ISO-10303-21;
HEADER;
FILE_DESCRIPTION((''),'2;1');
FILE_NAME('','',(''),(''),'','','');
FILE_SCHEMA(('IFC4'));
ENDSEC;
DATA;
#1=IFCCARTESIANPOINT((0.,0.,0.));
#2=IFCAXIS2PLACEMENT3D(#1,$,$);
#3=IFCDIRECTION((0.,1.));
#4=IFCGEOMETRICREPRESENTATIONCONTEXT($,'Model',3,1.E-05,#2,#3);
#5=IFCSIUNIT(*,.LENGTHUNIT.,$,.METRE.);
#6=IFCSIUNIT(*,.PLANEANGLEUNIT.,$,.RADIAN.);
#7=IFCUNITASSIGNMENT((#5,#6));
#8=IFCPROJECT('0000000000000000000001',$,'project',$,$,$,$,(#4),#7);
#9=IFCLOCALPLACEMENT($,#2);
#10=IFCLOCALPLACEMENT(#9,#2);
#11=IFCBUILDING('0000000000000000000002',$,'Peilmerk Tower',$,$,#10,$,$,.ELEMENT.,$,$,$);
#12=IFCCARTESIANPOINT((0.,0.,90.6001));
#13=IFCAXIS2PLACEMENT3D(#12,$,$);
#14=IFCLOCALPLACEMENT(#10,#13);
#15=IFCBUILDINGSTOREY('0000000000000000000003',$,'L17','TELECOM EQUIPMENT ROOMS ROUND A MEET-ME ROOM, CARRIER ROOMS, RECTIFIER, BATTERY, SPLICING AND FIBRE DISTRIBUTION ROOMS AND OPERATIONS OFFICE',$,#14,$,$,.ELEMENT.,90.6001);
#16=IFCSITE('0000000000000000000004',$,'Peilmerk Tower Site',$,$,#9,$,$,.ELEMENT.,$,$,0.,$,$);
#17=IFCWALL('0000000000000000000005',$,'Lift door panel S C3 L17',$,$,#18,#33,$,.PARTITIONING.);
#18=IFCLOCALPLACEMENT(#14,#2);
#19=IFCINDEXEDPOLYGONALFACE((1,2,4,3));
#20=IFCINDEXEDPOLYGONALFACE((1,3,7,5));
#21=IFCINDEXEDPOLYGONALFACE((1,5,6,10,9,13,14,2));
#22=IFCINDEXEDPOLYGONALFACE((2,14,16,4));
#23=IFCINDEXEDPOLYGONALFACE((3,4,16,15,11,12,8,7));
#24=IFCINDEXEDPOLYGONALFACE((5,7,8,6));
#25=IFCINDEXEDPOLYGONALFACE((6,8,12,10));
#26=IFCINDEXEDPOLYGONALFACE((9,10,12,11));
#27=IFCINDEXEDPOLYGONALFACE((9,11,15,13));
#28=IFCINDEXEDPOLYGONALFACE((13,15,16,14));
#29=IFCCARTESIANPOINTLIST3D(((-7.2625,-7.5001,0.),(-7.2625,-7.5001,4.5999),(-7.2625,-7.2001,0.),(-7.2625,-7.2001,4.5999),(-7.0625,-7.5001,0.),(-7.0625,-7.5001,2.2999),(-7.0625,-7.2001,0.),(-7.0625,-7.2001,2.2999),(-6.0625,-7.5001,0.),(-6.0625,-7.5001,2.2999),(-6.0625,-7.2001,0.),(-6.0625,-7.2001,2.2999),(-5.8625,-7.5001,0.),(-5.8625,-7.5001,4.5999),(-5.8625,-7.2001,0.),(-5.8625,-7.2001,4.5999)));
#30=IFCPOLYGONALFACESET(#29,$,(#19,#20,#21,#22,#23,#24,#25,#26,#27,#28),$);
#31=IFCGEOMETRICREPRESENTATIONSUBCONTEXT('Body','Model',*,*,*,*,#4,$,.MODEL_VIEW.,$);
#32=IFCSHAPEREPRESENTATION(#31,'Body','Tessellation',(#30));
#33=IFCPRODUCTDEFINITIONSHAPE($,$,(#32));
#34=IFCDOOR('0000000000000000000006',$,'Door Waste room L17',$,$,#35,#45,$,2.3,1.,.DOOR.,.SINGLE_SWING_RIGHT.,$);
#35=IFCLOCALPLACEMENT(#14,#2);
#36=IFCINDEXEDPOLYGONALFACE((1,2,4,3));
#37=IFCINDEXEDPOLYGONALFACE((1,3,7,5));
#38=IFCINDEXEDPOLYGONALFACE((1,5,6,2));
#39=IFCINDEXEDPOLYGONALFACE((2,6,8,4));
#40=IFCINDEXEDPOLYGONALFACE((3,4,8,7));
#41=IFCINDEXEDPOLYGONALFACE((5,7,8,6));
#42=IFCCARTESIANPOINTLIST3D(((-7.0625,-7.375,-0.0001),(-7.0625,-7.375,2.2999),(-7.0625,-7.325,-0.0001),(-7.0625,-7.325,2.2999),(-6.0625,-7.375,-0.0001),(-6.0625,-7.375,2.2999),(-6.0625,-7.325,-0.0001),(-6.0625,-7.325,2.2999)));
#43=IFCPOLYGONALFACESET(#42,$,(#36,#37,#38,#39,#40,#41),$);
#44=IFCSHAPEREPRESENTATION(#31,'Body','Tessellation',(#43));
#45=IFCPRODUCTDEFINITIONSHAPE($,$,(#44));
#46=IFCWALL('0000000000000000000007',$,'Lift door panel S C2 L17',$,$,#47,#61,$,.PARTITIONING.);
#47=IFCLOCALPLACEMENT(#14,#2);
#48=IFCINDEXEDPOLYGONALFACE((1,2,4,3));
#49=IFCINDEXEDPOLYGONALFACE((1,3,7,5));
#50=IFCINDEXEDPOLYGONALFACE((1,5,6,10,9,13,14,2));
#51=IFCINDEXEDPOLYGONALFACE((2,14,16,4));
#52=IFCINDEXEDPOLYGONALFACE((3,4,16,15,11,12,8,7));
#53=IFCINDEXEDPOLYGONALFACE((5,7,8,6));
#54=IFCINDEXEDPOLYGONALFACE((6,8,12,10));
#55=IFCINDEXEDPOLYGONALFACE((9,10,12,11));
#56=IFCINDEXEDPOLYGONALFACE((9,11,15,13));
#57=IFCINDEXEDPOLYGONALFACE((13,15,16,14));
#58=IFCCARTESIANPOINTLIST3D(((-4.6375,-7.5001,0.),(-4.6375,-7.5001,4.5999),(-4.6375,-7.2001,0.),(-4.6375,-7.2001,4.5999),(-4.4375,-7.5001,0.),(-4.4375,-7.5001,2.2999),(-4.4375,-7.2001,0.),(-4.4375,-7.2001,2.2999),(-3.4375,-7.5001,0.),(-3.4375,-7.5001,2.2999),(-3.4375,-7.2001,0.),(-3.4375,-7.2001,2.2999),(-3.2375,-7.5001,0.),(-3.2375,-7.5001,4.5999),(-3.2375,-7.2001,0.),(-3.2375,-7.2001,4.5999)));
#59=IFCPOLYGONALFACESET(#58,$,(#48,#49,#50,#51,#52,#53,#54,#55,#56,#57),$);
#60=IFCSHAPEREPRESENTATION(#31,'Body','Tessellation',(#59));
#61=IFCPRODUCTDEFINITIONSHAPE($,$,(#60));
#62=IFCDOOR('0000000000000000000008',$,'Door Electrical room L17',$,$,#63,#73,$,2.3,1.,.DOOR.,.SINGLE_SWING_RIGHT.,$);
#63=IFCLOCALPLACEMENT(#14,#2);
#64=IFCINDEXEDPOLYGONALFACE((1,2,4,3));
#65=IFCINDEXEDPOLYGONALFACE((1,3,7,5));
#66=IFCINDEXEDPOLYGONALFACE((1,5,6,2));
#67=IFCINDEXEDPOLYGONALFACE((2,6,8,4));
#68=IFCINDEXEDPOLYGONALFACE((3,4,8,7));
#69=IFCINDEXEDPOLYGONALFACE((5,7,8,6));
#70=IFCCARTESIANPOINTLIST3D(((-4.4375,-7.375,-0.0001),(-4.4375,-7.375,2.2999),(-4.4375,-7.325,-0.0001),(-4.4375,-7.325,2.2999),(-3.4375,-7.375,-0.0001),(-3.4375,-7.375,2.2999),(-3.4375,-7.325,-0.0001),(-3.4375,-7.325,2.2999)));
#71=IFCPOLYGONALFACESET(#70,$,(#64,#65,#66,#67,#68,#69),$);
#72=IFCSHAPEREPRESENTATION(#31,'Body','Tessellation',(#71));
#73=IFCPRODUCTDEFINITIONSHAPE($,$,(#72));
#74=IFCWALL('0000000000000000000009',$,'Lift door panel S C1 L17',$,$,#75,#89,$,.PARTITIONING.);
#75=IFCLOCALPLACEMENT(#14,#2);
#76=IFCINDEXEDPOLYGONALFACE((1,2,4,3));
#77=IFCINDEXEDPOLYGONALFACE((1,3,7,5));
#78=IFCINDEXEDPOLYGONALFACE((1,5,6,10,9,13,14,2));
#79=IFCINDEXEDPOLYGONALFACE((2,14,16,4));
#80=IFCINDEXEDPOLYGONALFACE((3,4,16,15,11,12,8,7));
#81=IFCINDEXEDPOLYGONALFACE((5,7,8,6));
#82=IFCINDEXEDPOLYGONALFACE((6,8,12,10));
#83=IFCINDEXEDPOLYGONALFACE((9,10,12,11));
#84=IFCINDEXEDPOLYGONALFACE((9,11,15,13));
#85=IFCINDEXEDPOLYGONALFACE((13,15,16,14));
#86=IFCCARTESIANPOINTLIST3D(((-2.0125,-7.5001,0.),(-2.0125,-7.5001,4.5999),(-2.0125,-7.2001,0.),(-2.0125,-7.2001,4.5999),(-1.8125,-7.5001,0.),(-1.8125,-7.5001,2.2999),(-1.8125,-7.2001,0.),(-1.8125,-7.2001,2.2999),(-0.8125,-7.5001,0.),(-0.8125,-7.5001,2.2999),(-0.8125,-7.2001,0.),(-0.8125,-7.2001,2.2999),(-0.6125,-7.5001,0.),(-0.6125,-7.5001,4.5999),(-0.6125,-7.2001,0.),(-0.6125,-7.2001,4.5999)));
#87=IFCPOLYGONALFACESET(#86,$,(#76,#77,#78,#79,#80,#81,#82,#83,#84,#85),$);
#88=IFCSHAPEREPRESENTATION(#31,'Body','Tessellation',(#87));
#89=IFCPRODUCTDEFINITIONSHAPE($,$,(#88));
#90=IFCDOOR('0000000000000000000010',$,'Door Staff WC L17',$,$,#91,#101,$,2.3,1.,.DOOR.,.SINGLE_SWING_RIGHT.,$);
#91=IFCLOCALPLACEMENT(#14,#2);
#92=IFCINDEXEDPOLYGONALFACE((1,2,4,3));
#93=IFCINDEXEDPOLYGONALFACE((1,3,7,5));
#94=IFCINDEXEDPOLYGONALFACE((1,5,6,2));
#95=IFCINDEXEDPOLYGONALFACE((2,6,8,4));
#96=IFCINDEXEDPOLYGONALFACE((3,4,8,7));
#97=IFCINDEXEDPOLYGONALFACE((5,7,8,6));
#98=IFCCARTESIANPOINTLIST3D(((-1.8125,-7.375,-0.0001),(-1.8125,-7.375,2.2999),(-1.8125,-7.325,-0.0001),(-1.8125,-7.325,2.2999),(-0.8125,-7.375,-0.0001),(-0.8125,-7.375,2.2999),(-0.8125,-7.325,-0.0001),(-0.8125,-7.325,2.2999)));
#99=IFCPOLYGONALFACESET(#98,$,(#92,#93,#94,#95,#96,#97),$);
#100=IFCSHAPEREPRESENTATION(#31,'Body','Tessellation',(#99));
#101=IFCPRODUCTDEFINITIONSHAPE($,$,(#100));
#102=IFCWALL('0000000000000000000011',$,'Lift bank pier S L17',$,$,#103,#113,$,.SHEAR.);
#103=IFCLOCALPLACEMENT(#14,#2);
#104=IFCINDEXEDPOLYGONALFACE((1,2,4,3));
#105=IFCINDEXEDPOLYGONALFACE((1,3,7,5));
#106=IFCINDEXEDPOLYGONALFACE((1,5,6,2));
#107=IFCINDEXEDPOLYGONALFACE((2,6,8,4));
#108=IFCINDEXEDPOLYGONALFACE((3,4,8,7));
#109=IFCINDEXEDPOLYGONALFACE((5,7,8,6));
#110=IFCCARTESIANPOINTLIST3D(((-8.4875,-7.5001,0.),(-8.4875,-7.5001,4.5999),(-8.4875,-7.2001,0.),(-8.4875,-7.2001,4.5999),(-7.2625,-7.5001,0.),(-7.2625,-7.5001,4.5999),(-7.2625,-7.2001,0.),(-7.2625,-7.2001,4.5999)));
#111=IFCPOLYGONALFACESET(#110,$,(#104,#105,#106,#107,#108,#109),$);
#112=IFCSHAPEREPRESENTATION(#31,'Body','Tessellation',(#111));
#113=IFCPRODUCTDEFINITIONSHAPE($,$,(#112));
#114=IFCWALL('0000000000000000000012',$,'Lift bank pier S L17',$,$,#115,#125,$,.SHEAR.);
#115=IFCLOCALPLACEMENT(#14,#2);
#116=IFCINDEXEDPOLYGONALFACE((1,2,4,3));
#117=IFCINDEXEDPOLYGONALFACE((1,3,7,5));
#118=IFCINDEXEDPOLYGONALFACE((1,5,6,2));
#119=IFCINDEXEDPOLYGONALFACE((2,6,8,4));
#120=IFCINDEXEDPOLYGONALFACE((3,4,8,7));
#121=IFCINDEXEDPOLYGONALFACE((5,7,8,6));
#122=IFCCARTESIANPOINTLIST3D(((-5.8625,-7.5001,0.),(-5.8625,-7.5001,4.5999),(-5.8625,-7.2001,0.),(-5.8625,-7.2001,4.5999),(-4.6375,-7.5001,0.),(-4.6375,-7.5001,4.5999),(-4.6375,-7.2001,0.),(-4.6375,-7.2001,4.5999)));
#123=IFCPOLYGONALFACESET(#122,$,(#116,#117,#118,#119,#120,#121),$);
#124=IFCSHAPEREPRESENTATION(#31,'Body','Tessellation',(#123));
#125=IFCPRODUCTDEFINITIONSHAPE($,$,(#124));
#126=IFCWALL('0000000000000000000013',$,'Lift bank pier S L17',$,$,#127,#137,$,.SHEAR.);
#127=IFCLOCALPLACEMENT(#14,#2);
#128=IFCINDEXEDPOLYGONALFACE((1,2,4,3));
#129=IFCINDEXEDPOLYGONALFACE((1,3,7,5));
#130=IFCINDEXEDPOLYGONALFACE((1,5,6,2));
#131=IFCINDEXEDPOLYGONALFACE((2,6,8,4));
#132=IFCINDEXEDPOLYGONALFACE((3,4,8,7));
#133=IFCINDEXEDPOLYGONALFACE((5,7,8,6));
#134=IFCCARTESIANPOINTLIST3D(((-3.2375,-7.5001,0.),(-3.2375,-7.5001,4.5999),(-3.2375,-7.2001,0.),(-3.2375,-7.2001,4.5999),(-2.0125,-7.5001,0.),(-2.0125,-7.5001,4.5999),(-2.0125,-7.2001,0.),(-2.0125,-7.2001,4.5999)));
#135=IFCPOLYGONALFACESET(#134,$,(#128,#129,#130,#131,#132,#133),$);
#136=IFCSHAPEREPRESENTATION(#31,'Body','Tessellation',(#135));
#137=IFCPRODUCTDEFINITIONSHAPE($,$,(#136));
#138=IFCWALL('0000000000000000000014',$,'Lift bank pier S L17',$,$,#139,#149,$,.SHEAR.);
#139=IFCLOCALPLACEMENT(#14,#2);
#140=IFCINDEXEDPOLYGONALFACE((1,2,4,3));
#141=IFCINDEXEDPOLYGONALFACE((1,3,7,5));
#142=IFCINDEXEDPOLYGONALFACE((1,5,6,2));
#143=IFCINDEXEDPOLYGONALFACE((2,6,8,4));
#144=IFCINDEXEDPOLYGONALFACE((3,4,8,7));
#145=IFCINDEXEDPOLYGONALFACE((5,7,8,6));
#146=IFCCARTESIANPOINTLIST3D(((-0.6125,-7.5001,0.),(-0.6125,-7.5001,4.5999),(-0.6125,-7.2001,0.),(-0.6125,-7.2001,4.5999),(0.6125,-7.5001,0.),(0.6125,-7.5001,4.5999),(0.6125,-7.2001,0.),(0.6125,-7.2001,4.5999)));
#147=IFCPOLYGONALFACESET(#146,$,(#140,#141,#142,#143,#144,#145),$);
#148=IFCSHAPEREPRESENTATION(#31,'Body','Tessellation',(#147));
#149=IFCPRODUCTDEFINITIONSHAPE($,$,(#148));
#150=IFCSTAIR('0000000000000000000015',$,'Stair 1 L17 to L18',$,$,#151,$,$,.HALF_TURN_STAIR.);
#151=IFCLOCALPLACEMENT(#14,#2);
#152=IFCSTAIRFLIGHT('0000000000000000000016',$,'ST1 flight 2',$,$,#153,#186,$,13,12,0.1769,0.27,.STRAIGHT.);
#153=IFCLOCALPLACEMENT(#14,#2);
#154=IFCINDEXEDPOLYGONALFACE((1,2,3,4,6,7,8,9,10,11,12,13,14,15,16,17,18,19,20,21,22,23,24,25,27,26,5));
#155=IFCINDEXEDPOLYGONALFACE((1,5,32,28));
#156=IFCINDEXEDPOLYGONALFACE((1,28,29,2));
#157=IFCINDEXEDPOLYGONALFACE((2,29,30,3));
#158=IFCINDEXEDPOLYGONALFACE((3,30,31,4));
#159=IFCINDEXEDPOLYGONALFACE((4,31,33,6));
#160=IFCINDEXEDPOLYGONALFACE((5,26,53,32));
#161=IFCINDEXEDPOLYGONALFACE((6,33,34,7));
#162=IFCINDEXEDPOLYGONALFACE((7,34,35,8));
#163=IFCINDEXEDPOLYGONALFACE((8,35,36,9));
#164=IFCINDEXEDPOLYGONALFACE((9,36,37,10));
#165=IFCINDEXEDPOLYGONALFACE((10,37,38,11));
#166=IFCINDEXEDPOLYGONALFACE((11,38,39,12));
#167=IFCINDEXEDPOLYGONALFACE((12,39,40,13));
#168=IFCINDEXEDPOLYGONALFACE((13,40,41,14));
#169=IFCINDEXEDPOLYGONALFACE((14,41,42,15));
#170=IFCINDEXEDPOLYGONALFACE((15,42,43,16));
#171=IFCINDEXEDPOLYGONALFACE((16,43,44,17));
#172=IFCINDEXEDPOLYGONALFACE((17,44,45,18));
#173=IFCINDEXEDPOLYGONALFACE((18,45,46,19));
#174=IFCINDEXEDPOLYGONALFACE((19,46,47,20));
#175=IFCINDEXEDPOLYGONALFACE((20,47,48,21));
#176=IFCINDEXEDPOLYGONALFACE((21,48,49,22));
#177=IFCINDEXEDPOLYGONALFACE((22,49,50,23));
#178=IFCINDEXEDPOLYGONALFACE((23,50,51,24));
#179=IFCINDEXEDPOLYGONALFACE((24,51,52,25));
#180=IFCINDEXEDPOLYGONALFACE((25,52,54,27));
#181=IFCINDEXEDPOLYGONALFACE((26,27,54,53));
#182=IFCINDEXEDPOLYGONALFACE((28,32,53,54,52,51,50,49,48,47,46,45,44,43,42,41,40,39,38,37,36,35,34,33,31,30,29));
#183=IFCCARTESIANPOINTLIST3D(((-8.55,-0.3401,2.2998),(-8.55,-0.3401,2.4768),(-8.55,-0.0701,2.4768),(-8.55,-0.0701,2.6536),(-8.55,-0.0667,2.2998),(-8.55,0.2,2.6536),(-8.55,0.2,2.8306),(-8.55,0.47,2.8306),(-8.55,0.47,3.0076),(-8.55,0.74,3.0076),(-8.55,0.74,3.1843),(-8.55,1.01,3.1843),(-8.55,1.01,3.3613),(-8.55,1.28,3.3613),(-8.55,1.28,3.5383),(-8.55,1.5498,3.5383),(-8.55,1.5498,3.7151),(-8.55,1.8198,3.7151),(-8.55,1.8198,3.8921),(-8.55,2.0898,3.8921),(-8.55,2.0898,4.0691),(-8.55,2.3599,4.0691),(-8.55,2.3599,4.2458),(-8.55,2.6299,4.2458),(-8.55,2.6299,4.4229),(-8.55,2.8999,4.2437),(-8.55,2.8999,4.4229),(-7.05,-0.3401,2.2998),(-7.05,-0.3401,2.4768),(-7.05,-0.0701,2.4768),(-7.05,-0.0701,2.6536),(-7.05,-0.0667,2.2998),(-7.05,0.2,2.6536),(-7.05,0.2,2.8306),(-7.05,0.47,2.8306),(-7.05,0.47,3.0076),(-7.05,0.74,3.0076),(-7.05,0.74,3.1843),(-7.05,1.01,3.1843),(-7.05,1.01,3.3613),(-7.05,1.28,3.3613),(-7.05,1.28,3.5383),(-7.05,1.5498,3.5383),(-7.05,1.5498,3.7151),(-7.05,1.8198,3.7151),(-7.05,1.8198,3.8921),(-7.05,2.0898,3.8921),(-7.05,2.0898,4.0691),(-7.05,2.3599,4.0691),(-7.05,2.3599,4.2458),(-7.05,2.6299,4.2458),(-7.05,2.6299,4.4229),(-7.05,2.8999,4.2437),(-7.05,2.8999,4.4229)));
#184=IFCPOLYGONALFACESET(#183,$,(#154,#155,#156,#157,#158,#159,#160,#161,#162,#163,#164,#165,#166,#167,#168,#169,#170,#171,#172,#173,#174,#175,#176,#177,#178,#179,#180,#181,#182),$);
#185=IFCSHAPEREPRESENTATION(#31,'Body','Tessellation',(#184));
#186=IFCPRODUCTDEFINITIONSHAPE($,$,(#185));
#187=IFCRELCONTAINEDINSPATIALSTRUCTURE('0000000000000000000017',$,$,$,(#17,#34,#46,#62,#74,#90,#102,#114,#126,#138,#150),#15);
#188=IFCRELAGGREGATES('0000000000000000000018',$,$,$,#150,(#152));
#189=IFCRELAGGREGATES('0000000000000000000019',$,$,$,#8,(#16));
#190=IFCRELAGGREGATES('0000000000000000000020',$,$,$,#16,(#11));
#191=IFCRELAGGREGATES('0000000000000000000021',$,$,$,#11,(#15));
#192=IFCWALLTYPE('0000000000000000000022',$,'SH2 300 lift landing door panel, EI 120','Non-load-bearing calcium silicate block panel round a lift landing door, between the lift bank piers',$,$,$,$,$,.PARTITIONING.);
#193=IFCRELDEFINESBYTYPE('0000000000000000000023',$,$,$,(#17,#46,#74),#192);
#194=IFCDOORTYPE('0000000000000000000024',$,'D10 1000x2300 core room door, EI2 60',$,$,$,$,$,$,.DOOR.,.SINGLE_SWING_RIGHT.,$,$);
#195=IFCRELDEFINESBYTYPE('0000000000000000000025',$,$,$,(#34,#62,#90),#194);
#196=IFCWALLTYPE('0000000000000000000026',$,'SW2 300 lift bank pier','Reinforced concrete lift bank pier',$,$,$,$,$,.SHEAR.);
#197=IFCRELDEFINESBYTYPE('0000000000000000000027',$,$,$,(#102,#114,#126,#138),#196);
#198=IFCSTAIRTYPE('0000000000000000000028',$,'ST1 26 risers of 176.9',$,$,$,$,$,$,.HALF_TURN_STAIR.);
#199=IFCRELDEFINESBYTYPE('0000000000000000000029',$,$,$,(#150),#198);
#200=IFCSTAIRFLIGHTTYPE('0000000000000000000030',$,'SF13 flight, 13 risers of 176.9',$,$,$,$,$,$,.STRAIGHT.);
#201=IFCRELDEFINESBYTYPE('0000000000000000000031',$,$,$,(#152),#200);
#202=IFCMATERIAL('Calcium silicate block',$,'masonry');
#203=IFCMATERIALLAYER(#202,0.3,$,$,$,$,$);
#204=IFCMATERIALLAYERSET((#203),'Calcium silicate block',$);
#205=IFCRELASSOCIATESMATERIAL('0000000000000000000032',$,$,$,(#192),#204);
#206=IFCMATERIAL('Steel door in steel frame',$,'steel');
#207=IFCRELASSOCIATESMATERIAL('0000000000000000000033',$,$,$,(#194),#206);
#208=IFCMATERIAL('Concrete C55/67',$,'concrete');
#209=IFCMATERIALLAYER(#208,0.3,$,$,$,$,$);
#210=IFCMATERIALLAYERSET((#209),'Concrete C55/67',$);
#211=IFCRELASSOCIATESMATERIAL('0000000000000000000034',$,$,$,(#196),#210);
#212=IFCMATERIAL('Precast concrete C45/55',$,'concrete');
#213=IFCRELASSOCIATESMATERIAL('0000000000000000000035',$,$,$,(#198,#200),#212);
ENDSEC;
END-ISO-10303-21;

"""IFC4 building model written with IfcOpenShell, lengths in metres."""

from ifc_helpers import new_model, si_unit, direction, frame, frame_2d, origin, place, context, subcontext, project, spatial, polyline, rectangle, outline, extrude, material, layer, layer_set, type_object, element, fill, aggregate, save


model = new_model("IFC4")

# Units and contexts
model_context = context("Model", 3, precision=1e-05, world=origin(), true_north=direction((0.0, 1.0)))
body_context = subcontext(model_context, "Body", "Model", "MODEL_VIEW")
ifc_project = project(units=[si_unit("LENGTHUNIT", "METRE"), si_unit("PLANEANGLEUNIT", "RADIAN")], contexts=[model_context])

# Site, building, storey
site_placement = place(None, origin())
site = spatial("IfcSite", under=ifc_project, at=site_placement, Name="Peilmerk Tower Site", CompositionType="ELEMENT", RefElevation=0.0)
building_placement = place(site_placement, origin())
building = spatial("IfcBuilding", under=site, at=building_placement, Name="Peilmerk Tower", CompositionType="ELEMENT")
storey_placement = place(building_placement, frame((0.0, 0.0, 90.6001)))
storey = spatial("IfcBuildingStorey", under=building, at=storey_placement, Name="L17", Description="TELECOM EQUIPMENT ROOMS ROUND A MEET-ME ROOM, CARRIER ROOMS, RECTIFIER, BATTERY, SPLICING AND FIBRE DISTRIBUTION ROOMS AND OPERATIONS OFFICE", CompositionType="ELEMENT", Elevation=90.6001)

# Shared definitions
ifc_material_1 = material(Name="Calcium silicate block", Category="masonry")

# Walls, openings, doors
ifc_layer_1 = layer(ifc_material_1, 0.3)
ifc_layer_set_1 = layer_set([ifc_layer_1], Name="Calcium silicate block")
wall_type_1 = type_object("IfcWallType", Name="SH2 300 lift landing door panel, EI 120", Description="Non-load-bearing calcium silicate block panel round a lift landing door, between the lift bank piers", PredefinedType="PARTITIONING", material=ifc_layer_set_1)
wall_1_placement = place(storey_placement, frame((-7.2625, -7.3501, 0.0), z_axis=(0.0, 0.0, 1.0), x_axis=(1.0, 0.0, 0.0)))
wall_1 = element("IfcWall", 1, at=wall_1_placement, inside=storey, type_object=wall_type_1, Name="Lift door panel S C3 L17", PredefinedType="PARTITIONING", context=body_context, shape_type="SweptSolid", body=[
    extrude(rectangle(XDim=1.3999, YDim=0.3, at=frame_2d((0.7, 0.0))), origin(), (0.0, 0.0, 1.0), 4.5999),
])
opening_1_placement = place(wall_1_placement, frame((0.2, 0.0, 0.0)))
opening_1 = element("IfcOpeningElement", 2, at=opening_1_placement, cuts=wall_1, PredefinedType="OPENING", context=body_context, shape_type="SweptSolid", body=[
    extrude(rectangle(XDim=1.0, YDim=2.3, at=frame_2d((0.5, 1.1499))), frame((0.0, 0.1599, 0.0), z_axis=(0.0, -1.0, 0.0), x_axis=(1.0, 0.0, 0.0)), (0.0, 0.0, 1.0), 0.3201),
])
ifc_material_2 = material(Name="Steel door in steel frame", Category="steel")
door_type = type_object("IfcDoorType", Name="D10 1000x2300 core room door, EI2 60", OperationType="SINGLE_SWING_RIGHT", PredefinedType="DOOR", material=ifc_material_2)
door_1_placement = place(opening_1_placement, frame((1.0, 0.0, 0.0), z_axis=(0.0, 0.0, 1.0), x_axis=(-1.0, 0.0, 0.0)))
door_1 = element("IfcDoor", 3, at=door_1_placement, inside=storey, type_object=door_type, Name="Door Waste room L17", OperationType="SINGLE_SWING_RIGHT", OverallHeight=2.3, OverallWidth=1.0, PredefinedType="DOOR", context=body_context, shape_type="SweptSolid", body=[
    extrude(rectangle(XDim=1.0, YDim=2.3, at=frame_2d((0.5, 1.1499))), frame((0.0, 0.0249, 0.0), z_axis=(0.0, -1.0, 0.0), x_axis=(1.0, 0.0, 0.0)), (0.0, 0.0, 1.0), 0.05),
])
fill(opening_1, door_1)
wall_2_placement = place(storey_placement, frame((-4.6375, -7.3501, 0.0), z_axis=(0.0, 0.0, 1.0), x_axis=(1.0, 0.0, 0.0)))
wall_2 = element("IfcWall", 4, at=wall_2_placement, inside=storey, type_object=wall_type_1, Name="Lift door panel S C2 L17", PredefinedType="PARTITIONING", context=body_context, shape_type="SweptSolid", body=[
    extrude(rectangle(XDim=1.3999, YDim=0.3, at=frame_2d((0.7, 0.0))), origin(), (0.0, 0.0, 1.0), 4.5999),
])
opening_2_placement = place(wall_2_placement, frame((0.2, 0.0, 0.0)))
opening_2 = element("IfcOpeningElement", 5, at=opening_2_placement, cuts=wall_2, PredefinedType="OPENING", context=body_context, shape_type="SweptSolid", body=[
    extrude(rectangle(XDim=1.0, YDim=2.3, at=frame_2d((0.5, 1.1499))), frame((0.0, 0.1599, 0.0), z_axis=(0.0, -1.0, 0.0), x_axis=(1.0, 0.0, 0.0)), (0.0, 0.0, 1.0), 0.3201),
])
door_2_placement = place(opening_2_placement, frame((1.0, 0.0, 0.0), z_axis=(0.0, 0.0, 1.0), x_axis=(-1.0, 0.0, 0.0)))
door_2 = element("IfcDoor", 6, at=door_2_placement, inside=storey, type_object=door_type, Name="Door Electrical room L17", OperationType="SINGLE_SWING_RIGHT", OverallHeight=2.3, OverallWidth=1.0, PredefinedType="DOOR", context=body_context, shape_type="SweptSolid", body=[
    extrude(rectangle(XDim=1.0, YDim=2.3, at=frame_2d((0.5, 1.1499))), frame((0.0, 0.0249, 0.0), z_axis=(0.0, -1.0, 0.0), x_axis=(1.0, 0.0, 0.0)), (0.0, 0.0, 1.0), 0.05),
])
fill(opening_2, door_2)
wall_3_placement = place(storey_placement, frame((-2.0125, -7.3501, 0.0), z_axis=(0.0, 0.0, 1.0), x_axis=(1.0, 0.0, 0.0)))
wall_3 = element("IfcWall", 7, at=wall_3_placement, inside=storey, type_object=wall_type_1, Name="Lift door panel S C1 L17", PredefinedType="PARTITIONING", context=body_context, shape_type="SweptSolid", body=[
    extrude(rectangle(XDim=1.3999, YDim=0.3, at=frame_2d((0.7, 0.0))), origin(), (0.0, 0.0, 1.0), 4.5999),
])
opening_3_placement = place(wall_3_placement, frame((0.2, 0.0, 0.0)))
opening_3 = element("IfcOpeningElement", 8, at=opening_3_placement, cuts=wall_3, PredefinedType="OPENING", context=body_context, shape_type="SweptSolid", body=[
    extrude(rectangle(XDim=1.0, YDim=2.3, at=frame_2d((0.5, 1.1499))), frame((0.0, 0.1599, 0.0), z_axis=(0.0, -1.0, 0.0), x_axis=(1.0, 0.0, 0.0)), (0.0, 0.0, 1.0), 0.3201),
])
door_3_placement = place(opening_3_placement, frame((1.0, 0.0, 0.0), z_axis=(0.0, 0.0, 1.0), x_axis=(-1.0, 0.0, 0.0)))
door_3 = element("IfcDoor", 9, at=door_3_placement, inside=storey, type_object=door_type, Name="Door Staff WC L17", OperationType="SINGLE_SWING_RIGHT", OverallHeight=2.3, OverallWidth=1.0, PredefinedType="DOOR", context=body_context, shape_type="SweptSolid", body=[
    extrude(rectangle(XDim=1.0, YDim=2.3, at=frame_2d((0.5, 1.1499))), frame((0.0, 0.0249, 0.0), z_axis=(0.0, -1.0, 0.0), x_axis=(1.0, 0.0, 0.0)), (0.0, 0.0, 1.0), 0.05),
])
fill(opening_3, door_3)

# Walls
ifc_material_3 = material(Name="Concrete C55/67", Category="concrete")
ifc_layer_2 = layer(ifc_material_3, 0.3)
ifc_layer_set_2 = layer_set([ifc_layer_2], Name="Concrete C55/67")
wall_type_2 = type_object("IfcWallType", Name="SW2 300 lift bank pier", Description="Reinforced concrete lift bank pier", PredefinedType="SHEAR", material=ifc_layer_set_2)
for number, where, z_axis, x_axis, name in (
    (10, (-8.4875, -7.3501, 0.0), (0.0, 0.0, 1.0), (1.0, 0.0, 0.0), "Lift bank pier S L17"),
    (11, (-5.8625, -7.3501, 0.0), (0.0, 0.0, 1.0), (1.0, 0.0, 0.0), "Lift bank pier S L17"),
    (12, (-3.2375, -7.3501, 0.0), (0.0, 0.0, 1.0), (1.0, 0.0, 0.0), "Lift bank pier S L17"),
    (13, (-0.6125, -7.3501, 0.0), (0.0, 0.0, 1.0), (1.0, 0.0, 0.0), "Lift bank pier S L17"),
):
    element("IfcWall", number, at=place(storey_placement, frame(where, z_axis=z_axis, x_axis=x_axis)), inside=storey, type_object=wall_type_2, Name=name, PredefinedType="SHEAR", context=body_context, shape_type="SweptSolid", body=[
        extrude(rectangle(XDim=1.2251, YDim=0.3, at=frame_2d((0.6125, 0.0))), origin(), (0.0, 0.0, 1.0), 4.5999),
    ])

# Stair, stair flight
ifc_material_4 = material(Name="Precast concrete C45/55", Category="concrete")
stair_type = type_object("IfcStairType", Name="ST1 26 risers of 176.9", PredefinedType="HALF_TURN_STAIR", material=ifc_material_4)
stair_placement = place(storey_placement, origin())
stair = element("IfcStair", 14, at=stair_placement, inside=storey, type_object=stair_type, Name="Stair 1 L17 to L18", PredefinedType="HALF_TURN_STAIR")
stair_flight_type = type_object("IfcStairFlightType", Name="SF13 flight, 13 risers of 176.9", PredefinedType="STRAIGHT", material=ifc_material_4)
stair_flight_placement = place(storey_placement, frame((-7.8, -0.3401, 2.2998), z_axis=(0.0, 0.0, 1.0), x_axis=(0.0, 1.0, 0.0)))
stair_flight = element("IfcStairFlight", 15, at=stair_flight_placement, type_object=stair_flight_type, Name="ST1 flight 2", NumberOfRisers=13, NumberOfTreads=12, PredefinedType="STRAIGHT", RiserHeight=0.1769, TreadLength=0.27, context=body_context, shape_type="SweptSolid", body=[
    extrude(outline(polyline([(0.0, 0.0), (0.0, 0.177), (0.27, 0.177), (0.27, 0.3538), (0.54, 0.3538), (0.54, 0.5308), (0.8101, 0.5308), (0.8101, 0.7078), (1.0801, 0.7078), (1.0801, 0.8845), (1.3501, 0.8845), (1.3501, 1.0615), (1.6201, 1.0615), (1.6201, 1.2385), (1.8899, 1.2385), (1.8899, 1.4153), (2.1599, 1.4153), (2.1599, 1.5923), (2.4299, 1.5923), (2.4299, 1.7693), (2.7, 1.7693), (2.7, 1.946), (2.97, 1.946), (2.97, 2.123), (3.24, 2.123), (3.24, 2.3), (3.24, 1.9438), (0.2734, 0.0), (0.0, 0.0)])), frame((0.0, 0.75, 0.0), z_axis=(0.0, -1.0, 0.0), x_axis=(1.0, 0.0, 0.0)), (0.0, 0.0, 1.0), 1.5),
])
aggregate(stair, [stair_flight])

save(model, "model.ifc")
